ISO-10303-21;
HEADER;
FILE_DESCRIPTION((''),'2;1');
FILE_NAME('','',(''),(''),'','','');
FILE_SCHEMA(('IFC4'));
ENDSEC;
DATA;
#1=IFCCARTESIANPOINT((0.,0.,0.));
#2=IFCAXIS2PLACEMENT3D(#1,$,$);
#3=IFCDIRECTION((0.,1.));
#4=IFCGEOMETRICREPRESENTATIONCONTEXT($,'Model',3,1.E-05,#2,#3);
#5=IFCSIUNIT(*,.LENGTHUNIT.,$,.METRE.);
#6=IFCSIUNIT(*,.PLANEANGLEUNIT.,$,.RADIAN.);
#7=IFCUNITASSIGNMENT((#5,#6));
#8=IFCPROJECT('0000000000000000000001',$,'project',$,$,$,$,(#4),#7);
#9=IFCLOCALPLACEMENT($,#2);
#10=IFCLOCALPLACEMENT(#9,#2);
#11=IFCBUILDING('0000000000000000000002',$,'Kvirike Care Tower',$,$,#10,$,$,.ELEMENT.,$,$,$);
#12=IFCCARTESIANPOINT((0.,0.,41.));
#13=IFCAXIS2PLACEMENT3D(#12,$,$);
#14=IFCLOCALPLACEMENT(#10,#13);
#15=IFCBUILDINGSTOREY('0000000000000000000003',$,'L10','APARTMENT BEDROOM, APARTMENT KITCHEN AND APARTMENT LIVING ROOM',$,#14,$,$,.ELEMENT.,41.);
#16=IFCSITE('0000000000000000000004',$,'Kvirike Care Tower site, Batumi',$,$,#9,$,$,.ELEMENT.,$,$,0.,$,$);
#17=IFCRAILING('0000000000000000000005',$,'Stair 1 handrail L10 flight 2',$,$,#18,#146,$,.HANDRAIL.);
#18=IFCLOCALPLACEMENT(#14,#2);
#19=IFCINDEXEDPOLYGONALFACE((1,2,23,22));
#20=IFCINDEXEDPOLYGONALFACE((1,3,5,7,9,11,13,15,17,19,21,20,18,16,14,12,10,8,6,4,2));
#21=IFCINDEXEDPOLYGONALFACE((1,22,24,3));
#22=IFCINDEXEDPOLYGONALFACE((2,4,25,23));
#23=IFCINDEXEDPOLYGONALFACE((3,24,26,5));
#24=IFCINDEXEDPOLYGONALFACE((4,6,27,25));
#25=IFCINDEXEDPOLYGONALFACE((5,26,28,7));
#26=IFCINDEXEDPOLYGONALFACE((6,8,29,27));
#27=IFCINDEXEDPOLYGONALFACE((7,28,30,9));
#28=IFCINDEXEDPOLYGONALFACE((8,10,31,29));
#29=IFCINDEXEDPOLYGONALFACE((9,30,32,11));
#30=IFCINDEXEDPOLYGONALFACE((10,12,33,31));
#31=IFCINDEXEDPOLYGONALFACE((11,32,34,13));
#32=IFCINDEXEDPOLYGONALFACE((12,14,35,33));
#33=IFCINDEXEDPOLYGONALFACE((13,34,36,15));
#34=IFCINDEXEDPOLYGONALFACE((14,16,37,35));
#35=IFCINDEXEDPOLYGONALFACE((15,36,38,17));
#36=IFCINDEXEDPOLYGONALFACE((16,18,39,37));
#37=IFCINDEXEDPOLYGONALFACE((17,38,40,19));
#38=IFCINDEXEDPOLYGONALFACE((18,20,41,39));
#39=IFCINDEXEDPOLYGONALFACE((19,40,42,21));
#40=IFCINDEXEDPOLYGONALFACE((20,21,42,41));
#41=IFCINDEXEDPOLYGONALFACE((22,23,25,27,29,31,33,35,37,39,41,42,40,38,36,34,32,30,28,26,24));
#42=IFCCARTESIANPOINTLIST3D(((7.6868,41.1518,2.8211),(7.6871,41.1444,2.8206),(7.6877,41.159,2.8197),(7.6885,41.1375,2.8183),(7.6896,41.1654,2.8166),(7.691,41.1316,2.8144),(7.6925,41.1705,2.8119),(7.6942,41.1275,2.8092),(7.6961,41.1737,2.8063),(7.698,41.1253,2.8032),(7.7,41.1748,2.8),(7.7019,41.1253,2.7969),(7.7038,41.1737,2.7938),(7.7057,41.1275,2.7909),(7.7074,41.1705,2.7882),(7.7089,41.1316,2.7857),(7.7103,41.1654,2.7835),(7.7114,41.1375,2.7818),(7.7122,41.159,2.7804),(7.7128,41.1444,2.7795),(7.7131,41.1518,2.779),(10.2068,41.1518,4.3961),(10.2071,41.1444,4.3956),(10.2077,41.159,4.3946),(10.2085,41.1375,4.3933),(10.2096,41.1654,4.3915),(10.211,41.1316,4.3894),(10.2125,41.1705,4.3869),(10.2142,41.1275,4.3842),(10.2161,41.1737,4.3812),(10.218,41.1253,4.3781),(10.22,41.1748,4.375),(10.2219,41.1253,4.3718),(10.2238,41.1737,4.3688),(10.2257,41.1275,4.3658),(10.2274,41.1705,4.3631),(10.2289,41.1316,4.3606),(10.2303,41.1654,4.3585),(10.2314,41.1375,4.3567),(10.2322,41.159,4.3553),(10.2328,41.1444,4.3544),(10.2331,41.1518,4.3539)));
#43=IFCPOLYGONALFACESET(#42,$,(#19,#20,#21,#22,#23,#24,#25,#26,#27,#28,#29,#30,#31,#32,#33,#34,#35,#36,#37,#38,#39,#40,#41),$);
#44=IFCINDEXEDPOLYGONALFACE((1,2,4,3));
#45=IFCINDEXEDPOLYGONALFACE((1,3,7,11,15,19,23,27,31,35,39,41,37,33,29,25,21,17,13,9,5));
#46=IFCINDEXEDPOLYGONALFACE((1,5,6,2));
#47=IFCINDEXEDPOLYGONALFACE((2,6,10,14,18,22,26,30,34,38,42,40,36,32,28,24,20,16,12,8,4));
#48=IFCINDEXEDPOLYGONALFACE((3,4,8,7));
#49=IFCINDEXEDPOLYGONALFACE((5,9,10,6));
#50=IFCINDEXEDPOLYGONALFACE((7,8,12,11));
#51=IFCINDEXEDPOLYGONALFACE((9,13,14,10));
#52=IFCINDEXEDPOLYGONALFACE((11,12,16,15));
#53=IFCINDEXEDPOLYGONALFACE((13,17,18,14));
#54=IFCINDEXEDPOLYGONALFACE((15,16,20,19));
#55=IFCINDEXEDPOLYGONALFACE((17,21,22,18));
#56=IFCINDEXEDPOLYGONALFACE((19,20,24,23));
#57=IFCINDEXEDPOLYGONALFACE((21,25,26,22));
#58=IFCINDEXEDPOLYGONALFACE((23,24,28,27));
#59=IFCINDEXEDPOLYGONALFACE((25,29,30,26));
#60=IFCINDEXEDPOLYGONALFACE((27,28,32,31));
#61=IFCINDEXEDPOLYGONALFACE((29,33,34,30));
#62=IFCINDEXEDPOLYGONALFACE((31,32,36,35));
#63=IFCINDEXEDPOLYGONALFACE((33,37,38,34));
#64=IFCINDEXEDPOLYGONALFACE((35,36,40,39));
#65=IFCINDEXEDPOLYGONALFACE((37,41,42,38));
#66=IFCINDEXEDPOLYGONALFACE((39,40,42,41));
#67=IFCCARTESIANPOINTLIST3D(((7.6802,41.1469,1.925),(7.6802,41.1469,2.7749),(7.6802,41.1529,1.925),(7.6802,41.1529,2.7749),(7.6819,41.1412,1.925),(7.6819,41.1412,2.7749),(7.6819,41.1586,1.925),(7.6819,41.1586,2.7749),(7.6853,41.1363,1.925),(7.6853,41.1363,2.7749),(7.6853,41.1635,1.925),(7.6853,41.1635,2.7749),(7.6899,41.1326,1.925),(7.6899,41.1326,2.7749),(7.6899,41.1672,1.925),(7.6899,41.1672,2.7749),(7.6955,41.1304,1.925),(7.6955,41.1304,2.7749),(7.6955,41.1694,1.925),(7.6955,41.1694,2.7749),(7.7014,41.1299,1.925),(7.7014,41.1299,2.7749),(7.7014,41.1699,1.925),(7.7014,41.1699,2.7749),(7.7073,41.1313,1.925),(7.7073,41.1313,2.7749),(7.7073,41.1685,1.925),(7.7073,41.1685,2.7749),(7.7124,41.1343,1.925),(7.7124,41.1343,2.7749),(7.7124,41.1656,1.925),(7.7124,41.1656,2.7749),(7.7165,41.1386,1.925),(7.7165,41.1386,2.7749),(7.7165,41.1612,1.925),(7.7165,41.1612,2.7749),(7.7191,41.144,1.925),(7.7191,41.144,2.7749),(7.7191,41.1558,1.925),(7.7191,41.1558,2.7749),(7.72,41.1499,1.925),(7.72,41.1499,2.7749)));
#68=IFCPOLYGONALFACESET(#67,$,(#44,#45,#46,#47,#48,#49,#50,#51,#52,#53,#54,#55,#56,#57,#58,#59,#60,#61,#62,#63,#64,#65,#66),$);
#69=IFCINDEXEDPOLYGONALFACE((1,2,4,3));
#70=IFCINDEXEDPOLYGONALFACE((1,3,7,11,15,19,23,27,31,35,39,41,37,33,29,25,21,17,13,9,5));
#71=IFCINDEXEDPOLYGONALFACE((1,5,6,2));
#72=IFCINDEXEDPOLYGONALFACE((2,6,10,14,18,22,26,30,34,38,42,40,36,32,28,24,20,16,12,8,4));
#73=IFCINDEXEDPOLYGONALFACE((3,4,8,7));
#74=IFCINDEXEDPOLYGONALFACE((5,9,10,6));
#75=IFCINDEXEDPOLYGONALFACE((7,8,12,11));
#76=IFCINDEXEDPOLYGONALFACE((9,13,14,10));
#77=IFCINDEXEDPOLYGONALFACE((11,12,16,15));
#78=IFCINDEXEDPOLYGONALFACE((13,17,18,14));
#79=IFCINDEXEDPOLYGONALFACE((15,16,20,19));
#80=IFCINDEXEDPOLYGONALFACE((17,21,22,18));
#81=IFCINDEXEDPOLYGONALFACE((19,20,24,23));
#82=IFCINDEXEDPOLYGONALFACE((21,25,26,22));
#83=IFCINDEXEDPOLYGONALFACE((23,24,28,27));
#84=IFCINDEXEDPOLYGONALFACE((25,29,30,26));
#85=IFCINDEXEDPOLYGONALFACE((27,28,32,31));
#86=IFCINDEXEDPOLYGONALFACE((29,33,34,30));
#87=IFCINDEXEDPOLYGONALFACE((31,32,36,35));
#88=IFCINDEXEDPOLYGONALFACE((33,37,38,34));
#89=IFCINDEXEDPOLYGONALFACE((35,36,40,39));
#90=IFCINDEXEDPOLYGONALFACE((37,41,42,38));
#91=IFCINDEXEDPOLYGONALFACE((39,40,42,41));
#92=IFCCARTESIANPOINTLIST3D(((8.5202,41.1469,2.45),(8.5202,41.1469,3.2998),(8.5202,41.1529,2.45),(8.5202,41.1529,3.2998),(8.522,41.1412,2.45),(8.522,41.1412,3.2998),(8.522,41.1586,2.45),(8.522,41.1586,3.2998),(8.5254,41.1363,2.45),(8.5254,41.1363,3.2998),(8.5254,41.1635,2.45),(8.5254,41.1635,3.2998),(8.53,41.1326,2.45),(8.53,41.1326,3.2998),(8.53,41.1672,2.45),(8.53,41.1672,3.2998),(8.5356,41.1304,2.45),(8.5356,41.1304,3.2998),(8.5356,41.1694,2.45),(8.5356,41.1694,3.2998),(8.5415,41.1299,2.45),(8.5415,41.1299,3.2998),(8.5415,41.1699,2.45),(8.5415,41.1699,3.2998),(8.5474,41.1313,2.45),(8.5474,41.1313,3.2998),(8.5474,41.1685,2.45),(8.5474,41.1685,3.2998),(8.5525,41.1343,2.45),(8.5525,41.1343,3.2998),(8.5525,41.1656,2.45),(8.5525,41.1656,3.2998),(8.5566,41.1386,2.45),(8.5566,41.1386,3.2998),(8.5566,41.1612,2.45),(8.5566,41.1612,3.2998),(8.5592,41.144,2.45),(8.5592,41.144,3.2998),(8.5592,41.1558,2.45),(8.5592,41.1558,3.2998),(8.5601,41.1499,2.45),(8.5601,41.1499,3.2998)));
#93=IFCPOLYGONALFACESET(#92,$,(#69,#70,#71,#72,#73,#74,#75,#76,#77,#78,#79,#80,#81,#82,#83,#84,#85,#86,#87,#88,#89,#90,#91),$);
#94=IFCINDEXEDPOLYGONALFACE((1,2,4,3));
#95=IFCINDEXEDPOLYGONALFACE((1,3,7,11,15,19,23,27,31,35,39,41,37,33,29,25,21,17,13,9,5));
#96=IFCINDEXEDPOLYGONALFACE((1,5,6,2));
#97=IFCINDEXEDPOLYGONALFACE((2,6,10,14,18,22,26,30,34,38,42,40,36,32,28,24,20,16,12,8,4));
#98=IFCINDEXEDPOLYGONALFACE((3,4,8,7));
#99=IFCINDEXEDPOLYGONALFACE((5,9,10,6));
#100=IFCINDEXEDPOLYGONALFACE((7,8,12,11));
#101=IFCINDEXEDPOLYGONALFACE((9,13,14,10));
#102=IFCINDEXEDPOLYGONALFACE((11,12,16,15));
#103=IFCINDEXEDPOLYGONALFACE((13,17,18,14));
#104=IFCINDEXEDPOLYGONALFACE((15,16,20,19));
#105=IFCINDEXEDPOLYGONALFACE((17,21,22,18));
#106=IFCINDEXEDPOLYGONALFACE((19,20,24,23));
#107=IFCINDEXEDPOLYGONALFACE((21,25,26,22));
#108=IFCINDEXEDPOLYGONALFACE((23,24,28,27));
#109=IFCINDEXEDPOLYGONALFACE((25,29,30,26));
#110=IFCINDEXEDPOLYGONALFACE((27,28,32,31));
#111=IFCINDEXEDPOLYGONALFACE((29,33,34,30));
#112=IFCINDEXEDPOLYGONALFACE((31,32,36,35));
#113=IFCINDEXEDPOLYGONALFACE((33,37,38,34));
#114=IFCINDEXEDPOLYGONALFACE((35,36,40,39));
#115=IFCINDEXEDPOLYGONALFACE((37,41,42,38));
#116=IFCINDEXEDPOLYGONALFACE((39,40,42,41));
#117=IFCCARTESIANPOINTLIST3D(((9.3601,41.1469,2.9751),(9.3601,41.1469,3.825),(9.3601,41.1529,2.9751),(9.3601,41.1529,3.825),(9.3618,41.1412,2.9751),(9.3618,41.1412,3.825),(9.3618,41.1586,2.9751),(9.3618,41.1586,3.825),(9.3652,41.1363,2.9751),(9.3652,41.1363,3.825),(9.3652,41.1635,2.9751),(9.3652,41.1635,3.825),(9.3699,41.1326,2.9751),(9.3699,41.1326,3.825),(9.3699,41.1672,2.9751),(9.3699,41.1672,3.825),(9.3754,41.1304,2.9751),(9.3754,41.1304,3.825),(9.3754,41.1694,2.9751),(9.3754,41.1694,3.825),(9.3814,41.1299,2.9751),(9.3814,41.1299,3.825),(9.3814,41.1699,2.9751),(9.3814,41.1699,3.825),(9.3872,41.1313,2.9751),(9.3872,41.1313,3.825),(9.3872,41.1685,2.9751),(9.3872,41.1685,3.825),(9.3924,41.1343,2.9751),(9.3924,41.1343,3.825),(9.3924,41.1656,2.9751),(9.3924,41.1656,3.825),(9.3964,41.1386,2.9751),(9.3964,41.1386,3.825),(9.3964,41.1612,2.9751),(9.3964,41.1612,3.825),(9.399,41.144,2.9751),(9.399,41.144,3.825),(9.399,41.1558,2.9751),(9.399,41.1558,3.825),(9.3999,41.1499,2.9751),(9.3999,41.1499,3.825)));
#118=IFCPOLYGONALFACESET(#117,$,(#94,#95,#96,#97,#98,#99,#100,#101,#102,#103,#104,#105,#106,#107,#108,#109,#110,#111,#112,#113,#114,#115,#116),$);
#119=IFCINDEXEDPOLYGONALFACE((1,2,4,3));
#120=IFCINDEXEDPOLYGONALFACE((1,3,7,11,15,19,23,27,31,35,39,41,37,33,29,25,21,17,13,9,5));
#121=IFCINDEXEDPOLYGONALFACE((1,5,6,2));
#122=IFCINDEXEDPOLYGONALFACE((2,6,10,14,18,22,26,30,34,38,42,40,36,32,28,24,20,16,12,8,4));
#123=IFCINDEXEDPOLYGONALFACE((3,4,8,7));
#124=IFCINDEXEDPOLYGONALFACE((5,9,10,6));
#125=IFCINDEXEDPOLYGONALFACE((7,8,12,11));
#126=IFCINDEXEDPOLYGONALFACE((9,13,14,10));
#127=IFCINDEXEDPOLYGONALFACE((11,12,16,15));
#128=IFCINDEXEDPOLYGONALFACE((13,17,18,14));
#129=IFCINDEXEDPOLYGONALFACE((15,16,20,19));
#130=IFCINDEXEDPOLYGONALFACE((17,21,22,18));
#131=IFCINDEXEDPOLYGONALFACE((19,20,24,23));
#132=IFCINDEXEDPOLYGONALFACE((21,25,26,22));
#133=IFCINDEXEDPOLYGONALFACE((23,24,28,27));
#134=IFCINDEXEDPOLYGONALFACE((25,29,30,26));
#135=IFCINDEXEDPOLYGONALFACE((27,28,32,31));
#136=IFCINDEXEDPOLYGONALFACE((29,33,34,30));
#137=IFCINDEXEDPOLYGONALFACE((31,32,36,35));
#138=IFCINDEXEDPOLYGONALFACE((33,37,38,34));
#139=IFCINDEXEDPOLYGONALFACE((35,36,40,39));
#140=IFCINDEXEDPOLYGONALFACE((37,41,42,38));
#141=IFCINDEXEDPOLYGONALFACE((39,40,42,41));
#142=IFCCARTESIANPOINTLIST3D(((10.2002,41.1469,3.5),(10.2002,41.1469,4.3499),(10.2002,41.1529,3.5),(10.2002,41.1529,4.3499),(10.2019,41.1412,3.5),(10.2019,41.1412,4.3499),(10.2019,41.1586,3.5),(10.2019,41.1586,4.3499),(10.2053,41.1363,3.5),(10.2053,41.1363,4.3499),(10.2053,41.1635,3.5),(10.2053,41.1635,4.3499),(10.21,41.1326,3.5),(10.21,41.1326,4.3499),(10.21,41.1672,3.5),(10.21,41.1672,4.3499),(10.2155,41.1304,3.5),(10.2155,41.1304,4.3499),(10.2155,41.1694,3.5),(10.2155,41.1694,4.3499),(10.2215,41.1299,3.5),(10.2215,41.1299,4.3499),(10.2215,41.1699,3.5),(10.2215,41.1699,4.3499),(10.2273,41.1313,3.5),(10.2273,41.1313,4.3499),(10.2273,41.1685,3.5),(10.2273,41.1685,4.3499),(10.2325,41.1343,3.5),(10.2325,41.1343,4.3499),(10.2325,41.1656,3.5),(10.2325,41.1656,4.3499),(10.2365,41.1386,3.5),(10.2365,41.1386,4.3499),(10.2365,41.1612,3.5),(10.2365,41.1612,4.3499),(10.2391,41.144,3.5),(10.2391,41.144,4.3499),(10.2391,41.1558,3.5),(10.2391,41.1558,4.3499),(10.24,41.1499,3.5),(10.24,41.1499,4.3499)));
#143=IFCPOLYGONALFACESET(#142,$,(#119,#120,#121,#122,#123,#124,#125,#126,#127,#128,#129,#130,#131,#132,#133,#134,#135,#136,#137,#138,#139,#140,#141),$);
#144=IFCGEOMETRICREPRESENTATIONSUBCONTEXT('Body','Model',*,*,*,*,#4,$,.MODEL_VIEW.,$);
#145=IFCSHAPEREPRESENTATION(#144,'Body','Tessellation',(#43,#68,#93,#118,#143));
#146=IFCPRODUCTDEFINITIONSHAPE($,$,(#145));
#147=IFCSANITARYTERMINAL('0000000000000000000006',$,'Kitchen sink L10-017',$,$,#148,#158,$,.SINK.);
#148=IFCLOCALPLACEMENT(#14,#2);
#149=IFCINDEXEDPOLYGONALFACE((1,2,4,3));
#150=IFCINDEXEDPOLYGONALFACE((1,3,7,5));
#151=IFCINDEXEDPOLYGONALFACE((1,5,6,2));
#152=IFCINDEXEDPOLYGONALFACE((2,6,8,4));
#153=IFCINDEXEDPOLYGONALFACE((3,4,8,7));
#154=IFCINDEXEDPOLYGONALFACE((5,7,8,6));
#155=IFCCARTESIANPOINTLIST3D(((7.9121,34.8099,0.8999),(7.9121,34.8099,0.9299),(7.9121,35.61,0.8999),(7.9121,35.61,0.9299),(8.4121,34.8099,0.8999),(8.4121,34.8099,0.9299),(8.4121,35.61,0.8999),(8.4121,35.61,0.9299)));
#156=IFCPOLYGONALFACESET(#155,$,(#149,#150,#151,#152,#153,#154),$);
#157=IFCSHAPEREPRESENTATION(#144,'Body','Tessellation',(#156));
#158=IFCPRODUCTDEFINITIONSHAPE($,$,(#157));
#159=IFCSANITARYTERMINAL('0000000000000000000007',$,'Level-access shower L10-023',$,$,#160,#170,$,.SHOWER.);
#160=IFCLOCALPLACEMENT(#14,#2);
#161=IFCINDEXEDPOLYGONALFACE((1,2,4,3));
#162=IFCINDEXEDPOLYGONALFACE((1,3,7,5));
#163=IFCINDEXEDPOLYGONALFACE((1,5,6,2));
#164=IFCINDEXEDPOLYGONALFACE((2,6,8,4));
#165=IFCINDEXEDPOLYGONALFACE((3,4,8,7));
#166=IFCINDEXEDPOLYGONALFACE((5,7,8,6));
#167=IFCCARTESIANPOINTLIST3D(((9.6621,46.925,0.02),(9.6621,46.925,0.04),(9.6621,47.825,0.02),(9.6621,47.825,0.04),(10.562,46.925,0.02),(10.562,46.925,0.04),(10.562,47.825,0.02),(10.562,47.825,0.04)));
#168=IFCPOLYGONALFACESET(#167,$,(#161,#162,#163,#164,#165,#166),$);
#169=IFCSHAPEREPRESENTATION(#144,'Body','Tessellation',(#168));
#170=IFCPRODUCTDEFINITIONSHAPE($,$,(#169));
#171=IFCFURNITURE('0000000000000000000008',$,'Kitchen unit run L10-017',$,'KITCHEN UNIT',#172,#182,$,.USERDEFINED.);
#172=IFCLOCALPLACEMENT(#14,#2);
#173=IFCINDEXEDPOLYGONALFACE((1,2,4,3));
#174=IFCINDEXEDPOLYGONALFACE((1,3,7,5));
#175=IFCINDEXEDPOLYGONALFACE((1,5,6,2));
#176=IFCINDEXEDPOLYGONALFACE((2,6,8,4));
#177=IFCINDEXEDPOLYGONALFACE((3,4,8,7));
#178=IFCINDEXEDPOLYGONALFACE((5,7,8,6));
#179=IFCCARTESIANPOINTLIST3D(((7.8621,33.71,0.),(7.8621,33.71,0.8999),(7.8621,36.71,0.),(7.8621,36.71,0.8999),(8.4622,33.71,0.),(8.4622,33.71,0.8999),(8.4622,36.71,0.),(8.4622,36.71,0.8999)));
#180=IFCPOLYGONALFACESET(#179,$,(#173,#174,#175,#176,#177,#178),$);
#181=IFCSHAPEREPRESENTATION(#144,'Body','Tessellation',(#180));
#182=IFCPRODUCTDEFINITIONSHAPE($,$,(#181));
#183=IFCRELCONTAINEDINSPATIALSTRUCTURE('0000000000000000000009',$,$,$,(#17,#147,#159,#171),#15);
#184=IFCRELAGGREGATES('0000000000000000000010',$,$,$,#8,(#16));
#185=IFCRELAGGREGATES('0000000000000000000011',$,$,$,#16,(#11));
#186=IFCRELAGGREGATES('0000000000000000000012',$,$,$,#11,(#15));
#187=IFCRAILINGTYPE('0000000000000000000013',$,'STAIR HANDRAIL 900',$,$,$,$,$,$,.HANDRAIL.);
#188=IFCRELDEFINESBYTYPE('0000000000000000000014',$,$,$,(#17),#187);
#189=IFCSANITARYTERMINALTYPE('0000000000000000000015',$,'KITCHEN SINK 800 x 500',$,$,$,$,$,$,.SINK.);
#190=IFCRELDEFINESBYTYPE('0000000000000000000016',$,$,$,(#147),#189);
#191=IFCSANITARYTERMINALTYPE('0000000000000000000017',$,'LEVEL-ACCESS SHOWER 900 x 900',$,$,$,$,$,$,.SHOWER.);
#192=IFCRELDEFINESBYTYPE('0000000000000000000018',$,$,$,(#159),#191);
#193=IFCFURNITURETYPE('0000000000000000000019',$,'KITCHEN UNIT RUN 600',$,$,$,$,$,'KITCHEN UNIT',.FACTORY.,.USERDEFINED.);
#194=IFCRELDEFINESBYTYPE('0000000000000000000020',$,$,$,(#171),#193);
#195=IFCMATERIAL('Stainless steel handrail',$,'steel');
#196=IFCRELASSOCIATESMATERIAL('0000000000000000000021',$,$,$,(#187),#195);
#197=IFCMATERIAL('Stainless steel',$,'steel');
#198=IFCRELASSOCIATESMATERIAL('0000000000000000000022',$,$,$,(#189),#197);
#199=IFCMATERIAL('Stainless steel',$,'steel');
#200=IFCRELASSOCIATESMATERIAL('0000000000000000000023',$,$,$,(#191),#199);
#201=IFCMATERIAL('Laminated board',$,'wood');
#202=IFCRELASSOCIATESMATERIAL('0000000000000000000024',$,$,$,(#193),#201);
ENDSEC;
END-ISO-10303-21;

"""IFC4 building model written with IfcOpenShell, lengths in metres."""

from ifc_helpers import new_model, si_unit, direction, frame, origin, origin_2d, place, context, subcontext, project, spatial, rectangle, circle, extrude, material, type_object, element, save


model = new_model("IFC4")

# Units and contexts
model_context = context("Model", 3, precision=1e-05, world=origin(), true_north=direction((0.0, 1.0)))
body_context = subcontext(model_context, "Body", "Model", "MODEL_VIEW")
ifc_project = project(units=[si_unit("LENGTHUNIT", "METRE"), si_unit("PLANEANGLEUNIT", "RADIAN")], contexts=[model_context])

# Site, building, storey
site_placement = place(None, origin())
site = spatial("IfcSite", under=ifc_project, at=site_placement, Name="Kvirike Care Tower site, Batumi", CompositionType="ELEMENT", RefElevation=0.0)
building_placement = place(site_placement, origin())
building = spatial("IfcBuilding", under=site, at=building_placement, Name="Kvirike Care Tower", CompositionType="ELEMENT")
storey_placement = place(building_placement, frame((0.0, 0.0, 41.0)))
storey = spatial("IfcBuildingStorey", under=building, at=storey_placement, Name="L10", Description="APARTMENT BEDROOM, APARTMENT KITCHEN AND APARTMENT LIVING ROOM", CompositionType="ELEMENT", Elevation=41.0)

# Railing
ifc_material_1 = material(Name="Stainless steel handrail", Category="steel")
railing_type = type_object("IfcRailingType", Name="STAIR HANDRAIL 900", PredefinedType="HANDRAIL", material=ifc_material_1)
railing_placement = place(storey_placement, frame((7.7, 41.1499, 1.925)))
element("IfcRailing", 1, at=railing_placement, inside=storey, type_object=railing_type, Name="Stair 1 handrail L10 flight 2", PredefinedType="HANDRAIL", context=body_context, shape_type="SweptSolid", body=[
    extrude(circle(Radius=0.0249, at=origin_2d()), frame((0.0, 0.0, 0.875), z_axis=(0.848008, 0.0, 0.529984), x_axis=(0.0, 1.0, 0.0)), (0.0, 0.0, 1.0), 2.9717),
    extrude(circle(Radius=0.02, at=origin_2d()), origin(), (0.0, 0.0, 1.0), 0.8499),
    extrude(circle(Radius=0.02, at=origin_2d()), frame((0.8401, 0.0, 0.5249)), (0.0, 0.0, 1.0), 0.8499),
    extrude(circle(Radius=0.02, at=origin_2d()), frame((1.6799, 0.0, 1.05)), (0.0, 0.0, 1.0), 0.8499),
    extrude(circle(Radius=0.02, at=origin_2d()), frame((2.52, 0.0, 1.575)), (0.0, 0.0, 1.0), 0.8499),
])

# Sanitary terminals
ifc_material_2 = material(Name="Stainless steel", Category="steel")
sanitary_terminal_type_1 = type_object("IfcSanitaryTerminalType", Name="KITCHEN SINK 800 x 500", PredefinedType="SINK", material=ifc_material_2)
sanitary_terminal_1_placement = place(storey_placement, frame((8.1621, 35.21, 0.8999), z_axis=(0.0, 0.0, 1.0), x_axis=(0.0, 1.0, 0.0)))
element("IfcSanitaryTerminal", 2, at=sanitary_terminal_1_placement, inside=storey, type_object=sanitary_terminal_type_1, Name="Kitchen sink L10-017", PredefinedType="SINK", context=body_context, shape_type="SweptSolid", body=[
    extrude(rectangle(XDim=0.8, YDim=0.5, at=origin_2d()), origin(), (0.0, 0.0, 1.0), 0.03),
])
ifc_material_3 = material(Name="Stainless steel", Category="steel")
sanitary_terminal_type_2 = type_object("IfcSanitaryTerminalType", Name="LEVEL-ACCESS SHOWER 900 x 900", PredefinedType="SHOWER", material=ifc_material_3)
sanitary_terminal_2_placement = place(storey_placement, frame((10.1121, 47.375, 0.02), z_axis=(0.0, 0.0, 1.0), x_axis=(0.0, 1.0, 0.0)))
element("IfcSanitaryTerminal", 3, at=sanitary_terminal_2_placement, inside=storey, type_object=sanitary_terminal_type_2, Name="Level-access shower L10-023", PredefinedType="SHOWER", context=body_context, shape_type="SweptSolid", body=[
    extrude(rectangle(XDim=0.8999, YDim=0.8999, at=origin_2d()), origin(), (0.0, 0.0, 1.0), 0.02),
])

# Furniture
ifc_material_4 = material(Name="Laminated board", Category="wood")
furniture_type = type_object("IfcFurnitureType", Name="KITCHEN UNIT RUN 600", ElementType="KITCHEN UNIT", AssemblyPlace="FACTORY", PredefinedType="USERDEFINED", material=ifc_material_4)
furniture_placement = place(storey_placement, frame((8.1621, 35.21, 0.0), z_axis=(0.0, 0.0, 1.0), x_axis=(0.0, 1.0, 0.0)))
element("IfcFurniture", 4, at=furniture_placement, inside=storey, type_object=furniture_type, Name="Kitchen unit run L10-017", ObjectType="KITCHEN UNIT", PredefinedType="USERDEFINED", context=body_context, shape_type="SweptSolid", body=[
    extrude(rectangle(XDim=3.0, YDim=0.6001, at=origin_2d()), origin(), (0.0, 0.0, 1.0), 0.8999),
])

save(model, "model.ifc")
